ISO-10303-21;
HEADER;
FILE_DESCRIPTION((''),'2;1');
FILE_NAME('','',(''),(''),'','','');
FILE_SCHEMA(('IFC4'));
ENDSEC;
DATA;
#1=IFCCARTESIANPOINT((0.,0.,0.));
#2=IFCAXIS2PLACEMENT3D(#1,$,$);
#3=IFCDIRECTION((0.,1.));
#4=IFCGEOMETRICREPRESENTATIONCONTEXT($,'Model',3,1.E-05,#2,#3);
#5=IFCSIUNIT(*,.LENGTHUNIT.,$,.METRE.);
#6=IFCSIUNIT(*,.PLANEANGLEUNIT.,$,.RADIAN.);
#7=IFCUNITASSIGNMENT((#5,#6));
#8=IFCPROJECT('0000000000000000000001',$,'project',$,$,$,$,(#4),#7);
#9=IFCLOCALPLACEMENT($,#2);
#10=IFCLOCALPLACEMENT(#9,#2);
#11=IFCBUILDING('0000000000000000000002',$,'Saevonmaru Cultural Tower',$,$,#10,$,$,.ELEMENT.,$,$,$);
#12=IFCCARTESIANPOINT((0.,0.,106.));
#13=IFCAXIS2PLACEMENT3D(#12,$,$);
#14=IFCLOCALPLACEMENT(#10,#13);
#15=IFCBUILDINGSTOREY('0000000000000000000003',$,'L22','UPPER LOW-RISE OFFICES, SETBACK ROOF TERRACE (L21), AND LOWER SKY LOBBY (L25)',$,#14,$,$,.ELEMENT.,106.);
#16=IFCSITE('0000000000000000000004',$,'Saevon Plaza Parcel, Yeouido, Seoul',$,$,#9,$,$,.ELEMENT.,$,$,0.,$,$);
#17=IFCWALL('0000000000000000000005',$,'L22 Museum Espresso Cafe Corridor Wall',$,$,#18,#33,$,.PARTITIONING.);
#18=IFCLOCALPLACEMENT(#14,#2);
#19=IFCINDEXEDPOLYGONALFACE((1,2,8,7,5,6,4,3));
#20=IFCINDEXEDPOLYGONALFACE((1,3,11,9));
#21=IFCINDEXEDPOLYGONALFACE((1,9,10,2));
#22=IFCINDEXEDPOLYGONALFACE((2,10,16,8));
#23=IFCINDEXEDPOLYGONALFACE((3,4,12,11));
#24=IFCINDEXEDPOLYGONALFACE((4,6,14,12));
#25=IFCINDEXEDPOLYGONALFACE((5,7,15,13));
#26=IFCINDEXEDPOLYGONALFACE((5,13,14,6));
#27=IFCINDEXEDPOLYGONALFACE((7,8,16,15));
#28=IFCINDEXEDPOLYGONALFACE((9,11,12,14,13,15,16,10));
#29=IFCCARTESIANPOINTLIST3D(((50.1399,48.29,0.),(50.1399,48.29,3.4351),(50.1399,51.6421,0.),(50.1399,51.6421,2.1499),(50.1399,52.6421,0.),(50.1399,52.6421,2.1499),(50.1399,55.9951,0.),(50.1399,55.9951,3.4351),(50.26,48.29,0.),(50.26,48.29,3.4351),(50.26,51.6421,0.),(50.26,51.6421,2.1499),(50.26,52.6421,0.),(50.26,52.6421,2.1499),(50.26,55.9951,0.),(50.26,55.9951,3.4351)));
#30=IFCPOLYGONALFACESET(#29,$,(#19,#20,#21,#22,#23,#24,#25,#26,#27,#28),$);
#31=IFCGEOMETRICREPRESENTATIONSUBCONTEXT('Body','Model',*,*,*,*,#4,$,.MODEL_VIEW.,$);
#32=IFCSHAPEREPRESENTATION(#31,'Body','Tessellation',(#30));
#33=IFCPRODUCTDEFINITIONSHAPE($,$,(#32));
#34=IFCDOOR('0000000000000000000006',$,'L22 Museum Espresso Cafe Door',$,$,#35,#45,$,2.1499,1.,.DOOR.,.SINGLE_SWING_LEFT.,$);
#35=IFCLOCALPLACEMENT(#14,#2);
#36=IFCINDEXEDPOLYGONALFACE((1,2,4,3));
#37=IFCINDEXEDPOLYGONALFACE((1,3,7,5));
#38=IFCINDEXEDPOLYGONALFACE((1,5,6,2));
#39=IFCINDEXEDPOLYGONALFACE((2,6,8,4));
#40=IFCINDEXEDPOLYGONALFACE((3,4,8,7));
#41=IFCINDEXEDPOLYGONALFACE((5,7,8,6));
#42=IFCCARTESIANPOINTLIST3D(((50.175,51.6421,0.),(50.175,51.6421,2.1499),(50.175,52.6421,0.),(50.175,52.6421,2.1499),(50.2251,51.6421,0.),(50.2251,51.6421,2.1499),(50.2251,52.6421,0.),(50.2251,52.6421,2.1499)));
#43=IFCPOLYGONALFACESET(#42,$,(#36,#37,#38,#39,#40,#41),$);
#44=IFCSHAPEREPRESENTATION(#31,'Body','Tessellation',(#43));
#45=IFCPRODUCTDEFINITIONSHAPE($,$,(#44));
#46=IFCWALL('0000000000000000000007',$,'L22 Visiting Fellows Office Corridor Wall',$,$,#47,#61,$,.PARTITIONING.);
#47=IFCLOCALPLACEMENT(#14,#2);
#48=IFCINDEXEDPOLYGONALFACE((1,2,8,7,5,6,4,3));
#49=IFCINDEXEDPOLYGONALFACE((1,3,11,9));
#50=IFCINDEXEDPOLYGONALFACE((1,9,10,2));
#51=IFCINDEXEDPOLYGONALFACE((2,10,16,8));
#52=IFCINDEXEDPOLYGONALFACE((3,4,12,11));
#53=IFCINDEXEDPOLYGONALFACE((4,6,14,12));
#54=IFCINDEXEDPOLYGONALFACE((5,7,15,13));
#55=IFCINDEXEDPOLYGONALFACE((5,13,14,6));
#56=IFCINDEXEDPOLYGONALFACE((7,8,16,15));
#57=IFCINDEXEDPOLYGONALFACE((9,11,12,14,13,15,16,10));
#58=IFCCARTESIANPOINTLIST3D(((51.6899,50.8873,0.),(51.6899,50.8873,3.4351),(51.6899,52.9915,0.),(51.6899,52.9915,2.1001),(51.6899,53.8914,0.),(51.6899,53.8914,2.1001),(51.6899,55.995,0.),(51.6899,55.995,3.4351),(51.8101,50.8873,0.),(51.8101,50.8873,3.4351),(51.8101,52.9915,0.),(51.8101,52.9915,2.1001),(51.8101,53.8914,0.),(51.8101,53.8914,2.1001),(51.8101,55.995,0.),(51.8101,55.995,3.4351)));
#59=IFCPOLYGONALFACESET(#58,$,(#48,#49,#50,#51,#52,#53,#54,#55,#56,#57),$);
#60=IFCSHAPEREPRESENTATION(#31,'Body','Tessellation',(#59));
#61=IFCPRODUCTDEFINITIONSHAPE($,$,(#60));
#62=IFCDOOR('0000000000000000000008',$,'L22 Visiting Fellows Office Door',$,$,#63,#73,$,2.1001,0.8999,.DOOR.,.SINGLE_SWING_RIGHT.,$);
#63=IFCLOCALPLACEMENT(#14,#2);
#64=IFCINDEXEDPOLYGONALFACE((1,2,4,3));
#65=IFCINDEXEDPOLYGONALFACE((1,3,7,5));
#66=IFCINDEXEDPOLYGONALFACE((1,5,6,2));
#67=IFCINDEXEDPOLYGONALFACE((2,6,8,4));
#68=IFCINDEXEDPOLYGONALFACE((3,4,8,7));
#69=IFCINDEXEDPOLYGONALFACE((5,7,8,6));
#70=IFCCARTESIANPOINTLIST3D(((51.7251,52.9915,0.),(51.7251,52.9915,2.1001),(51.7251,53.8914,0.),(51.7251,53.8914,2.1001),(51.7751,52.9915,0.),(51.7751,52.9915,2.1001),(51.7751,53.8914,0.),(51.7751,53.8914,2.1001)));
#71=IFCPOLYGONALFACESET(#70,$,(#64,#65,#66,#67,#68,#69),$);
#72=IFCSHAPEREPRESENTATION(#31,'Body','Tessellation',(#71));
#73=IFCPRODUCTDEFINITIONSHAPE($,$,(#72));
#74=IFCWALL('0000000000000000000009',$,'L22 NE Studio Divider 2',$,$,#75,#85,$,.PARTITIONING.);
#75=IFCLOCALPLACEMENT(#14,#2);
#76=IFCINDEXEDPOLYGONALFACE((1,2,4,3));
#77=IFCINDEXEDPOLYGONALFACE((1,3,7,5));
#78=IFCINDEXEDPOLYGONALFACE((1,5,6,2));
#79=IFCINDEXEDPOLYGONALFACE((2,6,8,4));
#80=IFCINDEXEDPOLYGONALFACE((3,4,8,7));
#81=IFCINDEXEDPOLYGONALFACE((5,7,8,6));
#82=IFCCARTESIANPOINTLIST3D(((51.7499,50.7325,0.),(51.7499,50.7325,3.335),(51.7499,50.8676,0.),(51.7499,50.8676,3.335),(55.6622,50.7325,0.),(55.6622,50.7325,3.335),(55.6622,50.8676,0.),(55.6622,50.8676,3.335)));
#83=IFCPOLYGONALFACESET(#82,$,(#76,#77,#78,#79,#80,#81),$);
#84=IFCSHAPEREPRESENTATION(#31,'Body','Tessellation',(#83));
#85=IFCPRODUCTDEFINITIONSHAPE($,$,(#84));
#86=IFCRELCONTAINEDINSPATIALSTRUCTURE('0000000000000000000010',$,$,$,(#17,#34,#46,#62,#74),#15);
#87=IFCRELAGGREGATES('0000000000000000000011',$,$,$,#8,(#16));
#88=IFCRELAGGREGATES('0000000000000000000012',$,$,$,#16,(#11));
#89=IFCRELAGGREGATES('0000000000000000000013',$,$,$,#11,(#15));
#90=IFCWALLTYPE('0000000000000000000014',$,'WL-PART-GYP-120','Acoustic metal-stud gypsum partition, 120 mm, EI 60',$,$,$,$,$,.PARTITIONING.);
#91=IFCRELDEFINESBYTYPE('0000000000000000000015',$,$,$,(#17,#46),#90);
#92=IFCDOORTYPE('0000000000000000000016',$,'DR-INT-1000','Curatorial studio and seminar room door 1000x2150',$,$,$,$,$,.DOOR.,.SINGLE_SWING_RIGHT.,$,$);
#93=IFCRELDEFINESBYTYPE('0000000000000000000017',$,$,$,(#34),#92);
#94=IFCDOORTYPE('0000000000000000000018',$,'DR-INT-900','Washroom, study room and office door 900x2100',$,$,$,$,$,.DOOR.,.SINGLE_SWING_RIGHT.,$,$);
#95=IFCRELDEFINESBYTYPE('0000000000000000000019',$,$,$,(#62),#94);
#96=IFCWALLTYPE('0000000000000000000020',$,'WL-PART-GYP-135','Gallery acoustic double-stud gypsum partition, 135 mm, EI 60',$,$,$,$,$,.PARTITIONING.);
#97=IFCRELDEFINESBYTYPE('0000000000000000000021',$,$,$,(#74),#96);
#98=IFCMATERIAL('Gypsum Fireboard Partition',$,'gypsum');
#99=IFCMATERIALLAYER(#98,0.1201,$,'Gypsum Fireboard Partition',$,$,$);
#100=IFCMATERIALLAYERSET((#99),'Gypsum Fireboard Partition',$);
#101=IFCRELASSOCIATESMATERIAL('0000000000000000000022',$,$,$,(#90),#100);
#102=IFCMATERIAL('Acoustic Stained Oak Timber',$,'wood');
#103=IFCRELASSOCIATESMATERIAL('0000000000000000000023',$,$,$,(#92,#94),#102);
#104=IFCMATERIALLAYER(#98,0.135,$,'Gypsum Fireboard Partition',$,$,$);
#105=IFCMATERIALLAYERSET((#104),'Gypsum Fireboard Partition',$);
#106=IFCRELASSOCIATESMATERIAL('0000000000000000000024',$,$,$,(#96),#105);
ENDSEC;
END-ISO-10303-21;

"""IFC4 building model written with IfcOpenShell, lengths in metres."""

from ifc_helpers import new_model, si_unit, direction, frame, frame_2d, origin, place, context, subcontext, project, spatial, rectangle, extrude, material, layer, layer_set, type_object, element, fill, save


model = new_model("IFC4")

# Units and contexts
model_context = context("Model", 3, precision=1e-05, world=origin(), true_north=direction((0.0, 1.0)))
body_context = subcontext(model_context, "Body", "Model", "MODEL_VIEW")
ifc_project = project(units=[si_unit("LENGTHUNIT", "METRE"), si_unit("PLANEANGLEUNIT", "RADIAN")], contexts=[model_context])

# Site, building, storey
site_placement = place(None, origin())
site = spatial("IfcSite", under=ifc_project, at=site_placement, Name="Saevon Plaza Parcel, Yeouido, Seoul", CompositionType="ELEMENT", RefElevation=0.0)
building_placement = place(site_placement, origin())
building = spatial("IfcBuilding", under=site, at=building_placement, Name="Saevonmaru Cultural Tower", CompositionType="ELEMENT")
storey_placement = place(building_placement, frame((0.0, 0.0, 106.0)))
storey = spatial("IfcBuildingStorey", under=building, at=storey_placement, Name="L22", Description="UPPER LOW-RISE OFFICES, SETBACK ROOF TERRACE (L21), AND LOWER SKY LOBBY (L25)", CompositionType="ELEMENT", Elevation=106.0)

# Walls, openings, doors
ifc_material_1 = material(Name="Gypsum Fireboard Partition", Category="gypsum")
ifc_layer_1 = layer(ifc_material_1, 0.1201, Name="Gypsum Fireboard Partition")
ifc_layer_set_1 = layer_set([ifc_layer_1], Name="Gypsum Fireboard Partition")
wall_type_1 = type_object("IfcWallType", Name="WL-PART-GYP-120", Description="Acoustic metal-stud gypsum partition, 120 mm, EI 60", PredefinedType="PARTITIONING", material=ifc_layer_set_1)
wall_1_placement = place(storey_placement, frame((50.2, 48.29, 0.0), z_axis=(0.0, 0.0, 1.0), x_axis=(0.0, 1.0, 0.0)))
wall_1 = element("IfcWall", 1, at=wall_1_placement, inside=storey, type_object=wall_type_1, Name="L22 Museum Espresso Cafe Corridor Wall", PredefinedType="PARTITIONING", context=body_context, shape_type="SweptSolid", body=[
    extrude(rectangle(XDim=7.7051, YDim=0.1201, at=frame_2d((3.8525, 0.0))), origin(), (0.0, 0.0, 1.0), 3.4351),
])
opening_1_placement = place(wall_1_placement, frame((3.3521, 0.0, 0.0)))
opening_1 = element("IfcOpeningElement", 2, at=opening_1_placement, cuts=wall_1, PredefinedType="OPENING", context=body_context, shape_type="SweptSolid", body=[
    extrude(rectangle(XDim=1.0, YDim=2.1499, at=frame_2d((0.5, 1.075))), frame((0.0, 0.0701, 0.0), z_axis=(0.0, -1.0, 0.0), x_axis=(1.0, 0.0, 0.0)), (0.0, 0.0, 1.0), 0.1401),
])
ifc_material_2 = material(Name="Acoustic Stained Oak Timber", Category="wood")
door_type_1 = type_object("IfcDoorType", Name="DR-INT-1000", Description="Curatorial studio and seminar room door 1000x2150", OperationType="SINGLE_SWING_RIGHT", PredefinedType="DOOR", material=ifc_material_2)
door_1_placement = place(opening_1_placement, origin())
door_1 = element("IfcDoor", 3, at=door_1_placement, inside=storey, type_object=door_type_1, Name="L22 Museum Espresso Cafe Door", OperationType="SINGLE_SWING_LEFT", OverallHeight=2.1499, OverallWidth=1.0, PredefinedType="DOOR", context=body_context, shape_type="SweptSolid", body=[
    extrude(rectangle(XDim=1.0, YDim=2.1499, at=frame_2d((0.5, 1.075))), frame((0.0, 0.0249, 0.0), z_axis=(0.0, -1.0, 0.0), x_axis=(1.0, 0.0, 0.0)), (0.0, 0.0, 1.0), 0.05),
])
fill(opening_1, door_1)
wall_2_placement = place(storey_placement, frame((51.75, 50.8875, 0.0), z_axis=(0.0, 0.0, 1.0), x_axis=(0.0, 1.0, 0.0)))
wall_2 = element("IfcWall", 4, at=wall_2_placement, inside=storey, type_object=wall_type_1, Name="L22 Visiting Fellows Office Corridor Wall", PredefinedType="PARTITIONING", context=body_context, shape_type="SweptSolid", body=[
    extrude(rectangle(XDim=5.1077, YDim=0.1201, at=frame_2d((2.5537, 0.0))), origin(), (0.0, 0.0, 1.0), 3.4351),
])
opening_2_placement = place(wall_2_placement, frame((2.104, 0.0, 0.0)))
opening_2 = element("IfcOpeningElement", 5, at=opening_2_placement, cuts=wall_2, PredefinedType="OPENING", context=body_context, shape_type="SweptSolid", body=[
    extrude(rectangle(XDim=0.8999, YDim=2.1001, at=frame_2d((0.45, 1.05))), frame((0.0, 0.0701, 0.0), z_axis=(0.0, -1.0, 0.0), x_axis=(1.0, 0.0, 0.0)), (0.0, 0.0, 1.0), 0.1401),
])
door_type_2 = type_object("IfcDoorType", Name="DR-INT-900", Description="Washroom, study room and office door 900x2100", OperationType="SINGLE_SWING_RIGHT", PredefinedType="DOOR", material=ifc_material_2)
door_2_placement = place(opening_2_placement, origin())
door_2 = element("IfcDoor", 6, at=door_2_placement, inside=storey, type_object=door_type_2, Name="L22 Visiting Fellows Office Door", OperationType="SINGLE_SWING_RIGHT", OverallHeight=2.1001, OverallWidth=0.8999, PredefinedType="DOOR", context=body_context, shape_type="SweptSolid", body=[
    extrude(rectangle(XDim=0.8999, YDim=2.1001, at=frame_2d((0.45, 1.05))), frame((0.0, 0.0249, 0.0), z_axis=(0.0, -1.0, 0.0), x_axis=(1.0, 0.0, 0.0)), (0.0, 0.0, 1.0), 0.05),
])
fill(opening_2, door_2)

# Wall
ifc_layer_2 = layer(ifc_material_1, 0.135, Name="Gypsum Fireboard Partition")
ifc_layer_set_2 = layer_set([ifc_layer_2], Name="Gypsum Fireboard Partition")
wall_type_2 = type_object("IfcWallType", Name="WL-PART-GYP-135", Description="Gallery acoustic double-stud gypsum partition, 135 mm, EI 60", PredefinedType="PARTITIONING", material=ifc_layer_set_2)
wall_3_placement = place(storey_placement, frame((51.75, 50.8, 0.0), z_axis=(0.0, 0.0, 1.0), x_axis=(1.0, 0.0, 0.0)))
element("IfcWall", 7, at=wall_3_placement, inside=storey, type_object=wall_type_2, Name="L22 NE Studio Divider 2", PredefinedType="PARTITIONING", context=body_context, shape_type="SweptSolid", body=[
    extrude(rectangle(XDim=3.9124, YDim=0.135, at=frame_2d((1.9561, 0.0))), origin(), (0.0, 0.0, 1.0), 3.335),
])

save(model, "model.ifc")
